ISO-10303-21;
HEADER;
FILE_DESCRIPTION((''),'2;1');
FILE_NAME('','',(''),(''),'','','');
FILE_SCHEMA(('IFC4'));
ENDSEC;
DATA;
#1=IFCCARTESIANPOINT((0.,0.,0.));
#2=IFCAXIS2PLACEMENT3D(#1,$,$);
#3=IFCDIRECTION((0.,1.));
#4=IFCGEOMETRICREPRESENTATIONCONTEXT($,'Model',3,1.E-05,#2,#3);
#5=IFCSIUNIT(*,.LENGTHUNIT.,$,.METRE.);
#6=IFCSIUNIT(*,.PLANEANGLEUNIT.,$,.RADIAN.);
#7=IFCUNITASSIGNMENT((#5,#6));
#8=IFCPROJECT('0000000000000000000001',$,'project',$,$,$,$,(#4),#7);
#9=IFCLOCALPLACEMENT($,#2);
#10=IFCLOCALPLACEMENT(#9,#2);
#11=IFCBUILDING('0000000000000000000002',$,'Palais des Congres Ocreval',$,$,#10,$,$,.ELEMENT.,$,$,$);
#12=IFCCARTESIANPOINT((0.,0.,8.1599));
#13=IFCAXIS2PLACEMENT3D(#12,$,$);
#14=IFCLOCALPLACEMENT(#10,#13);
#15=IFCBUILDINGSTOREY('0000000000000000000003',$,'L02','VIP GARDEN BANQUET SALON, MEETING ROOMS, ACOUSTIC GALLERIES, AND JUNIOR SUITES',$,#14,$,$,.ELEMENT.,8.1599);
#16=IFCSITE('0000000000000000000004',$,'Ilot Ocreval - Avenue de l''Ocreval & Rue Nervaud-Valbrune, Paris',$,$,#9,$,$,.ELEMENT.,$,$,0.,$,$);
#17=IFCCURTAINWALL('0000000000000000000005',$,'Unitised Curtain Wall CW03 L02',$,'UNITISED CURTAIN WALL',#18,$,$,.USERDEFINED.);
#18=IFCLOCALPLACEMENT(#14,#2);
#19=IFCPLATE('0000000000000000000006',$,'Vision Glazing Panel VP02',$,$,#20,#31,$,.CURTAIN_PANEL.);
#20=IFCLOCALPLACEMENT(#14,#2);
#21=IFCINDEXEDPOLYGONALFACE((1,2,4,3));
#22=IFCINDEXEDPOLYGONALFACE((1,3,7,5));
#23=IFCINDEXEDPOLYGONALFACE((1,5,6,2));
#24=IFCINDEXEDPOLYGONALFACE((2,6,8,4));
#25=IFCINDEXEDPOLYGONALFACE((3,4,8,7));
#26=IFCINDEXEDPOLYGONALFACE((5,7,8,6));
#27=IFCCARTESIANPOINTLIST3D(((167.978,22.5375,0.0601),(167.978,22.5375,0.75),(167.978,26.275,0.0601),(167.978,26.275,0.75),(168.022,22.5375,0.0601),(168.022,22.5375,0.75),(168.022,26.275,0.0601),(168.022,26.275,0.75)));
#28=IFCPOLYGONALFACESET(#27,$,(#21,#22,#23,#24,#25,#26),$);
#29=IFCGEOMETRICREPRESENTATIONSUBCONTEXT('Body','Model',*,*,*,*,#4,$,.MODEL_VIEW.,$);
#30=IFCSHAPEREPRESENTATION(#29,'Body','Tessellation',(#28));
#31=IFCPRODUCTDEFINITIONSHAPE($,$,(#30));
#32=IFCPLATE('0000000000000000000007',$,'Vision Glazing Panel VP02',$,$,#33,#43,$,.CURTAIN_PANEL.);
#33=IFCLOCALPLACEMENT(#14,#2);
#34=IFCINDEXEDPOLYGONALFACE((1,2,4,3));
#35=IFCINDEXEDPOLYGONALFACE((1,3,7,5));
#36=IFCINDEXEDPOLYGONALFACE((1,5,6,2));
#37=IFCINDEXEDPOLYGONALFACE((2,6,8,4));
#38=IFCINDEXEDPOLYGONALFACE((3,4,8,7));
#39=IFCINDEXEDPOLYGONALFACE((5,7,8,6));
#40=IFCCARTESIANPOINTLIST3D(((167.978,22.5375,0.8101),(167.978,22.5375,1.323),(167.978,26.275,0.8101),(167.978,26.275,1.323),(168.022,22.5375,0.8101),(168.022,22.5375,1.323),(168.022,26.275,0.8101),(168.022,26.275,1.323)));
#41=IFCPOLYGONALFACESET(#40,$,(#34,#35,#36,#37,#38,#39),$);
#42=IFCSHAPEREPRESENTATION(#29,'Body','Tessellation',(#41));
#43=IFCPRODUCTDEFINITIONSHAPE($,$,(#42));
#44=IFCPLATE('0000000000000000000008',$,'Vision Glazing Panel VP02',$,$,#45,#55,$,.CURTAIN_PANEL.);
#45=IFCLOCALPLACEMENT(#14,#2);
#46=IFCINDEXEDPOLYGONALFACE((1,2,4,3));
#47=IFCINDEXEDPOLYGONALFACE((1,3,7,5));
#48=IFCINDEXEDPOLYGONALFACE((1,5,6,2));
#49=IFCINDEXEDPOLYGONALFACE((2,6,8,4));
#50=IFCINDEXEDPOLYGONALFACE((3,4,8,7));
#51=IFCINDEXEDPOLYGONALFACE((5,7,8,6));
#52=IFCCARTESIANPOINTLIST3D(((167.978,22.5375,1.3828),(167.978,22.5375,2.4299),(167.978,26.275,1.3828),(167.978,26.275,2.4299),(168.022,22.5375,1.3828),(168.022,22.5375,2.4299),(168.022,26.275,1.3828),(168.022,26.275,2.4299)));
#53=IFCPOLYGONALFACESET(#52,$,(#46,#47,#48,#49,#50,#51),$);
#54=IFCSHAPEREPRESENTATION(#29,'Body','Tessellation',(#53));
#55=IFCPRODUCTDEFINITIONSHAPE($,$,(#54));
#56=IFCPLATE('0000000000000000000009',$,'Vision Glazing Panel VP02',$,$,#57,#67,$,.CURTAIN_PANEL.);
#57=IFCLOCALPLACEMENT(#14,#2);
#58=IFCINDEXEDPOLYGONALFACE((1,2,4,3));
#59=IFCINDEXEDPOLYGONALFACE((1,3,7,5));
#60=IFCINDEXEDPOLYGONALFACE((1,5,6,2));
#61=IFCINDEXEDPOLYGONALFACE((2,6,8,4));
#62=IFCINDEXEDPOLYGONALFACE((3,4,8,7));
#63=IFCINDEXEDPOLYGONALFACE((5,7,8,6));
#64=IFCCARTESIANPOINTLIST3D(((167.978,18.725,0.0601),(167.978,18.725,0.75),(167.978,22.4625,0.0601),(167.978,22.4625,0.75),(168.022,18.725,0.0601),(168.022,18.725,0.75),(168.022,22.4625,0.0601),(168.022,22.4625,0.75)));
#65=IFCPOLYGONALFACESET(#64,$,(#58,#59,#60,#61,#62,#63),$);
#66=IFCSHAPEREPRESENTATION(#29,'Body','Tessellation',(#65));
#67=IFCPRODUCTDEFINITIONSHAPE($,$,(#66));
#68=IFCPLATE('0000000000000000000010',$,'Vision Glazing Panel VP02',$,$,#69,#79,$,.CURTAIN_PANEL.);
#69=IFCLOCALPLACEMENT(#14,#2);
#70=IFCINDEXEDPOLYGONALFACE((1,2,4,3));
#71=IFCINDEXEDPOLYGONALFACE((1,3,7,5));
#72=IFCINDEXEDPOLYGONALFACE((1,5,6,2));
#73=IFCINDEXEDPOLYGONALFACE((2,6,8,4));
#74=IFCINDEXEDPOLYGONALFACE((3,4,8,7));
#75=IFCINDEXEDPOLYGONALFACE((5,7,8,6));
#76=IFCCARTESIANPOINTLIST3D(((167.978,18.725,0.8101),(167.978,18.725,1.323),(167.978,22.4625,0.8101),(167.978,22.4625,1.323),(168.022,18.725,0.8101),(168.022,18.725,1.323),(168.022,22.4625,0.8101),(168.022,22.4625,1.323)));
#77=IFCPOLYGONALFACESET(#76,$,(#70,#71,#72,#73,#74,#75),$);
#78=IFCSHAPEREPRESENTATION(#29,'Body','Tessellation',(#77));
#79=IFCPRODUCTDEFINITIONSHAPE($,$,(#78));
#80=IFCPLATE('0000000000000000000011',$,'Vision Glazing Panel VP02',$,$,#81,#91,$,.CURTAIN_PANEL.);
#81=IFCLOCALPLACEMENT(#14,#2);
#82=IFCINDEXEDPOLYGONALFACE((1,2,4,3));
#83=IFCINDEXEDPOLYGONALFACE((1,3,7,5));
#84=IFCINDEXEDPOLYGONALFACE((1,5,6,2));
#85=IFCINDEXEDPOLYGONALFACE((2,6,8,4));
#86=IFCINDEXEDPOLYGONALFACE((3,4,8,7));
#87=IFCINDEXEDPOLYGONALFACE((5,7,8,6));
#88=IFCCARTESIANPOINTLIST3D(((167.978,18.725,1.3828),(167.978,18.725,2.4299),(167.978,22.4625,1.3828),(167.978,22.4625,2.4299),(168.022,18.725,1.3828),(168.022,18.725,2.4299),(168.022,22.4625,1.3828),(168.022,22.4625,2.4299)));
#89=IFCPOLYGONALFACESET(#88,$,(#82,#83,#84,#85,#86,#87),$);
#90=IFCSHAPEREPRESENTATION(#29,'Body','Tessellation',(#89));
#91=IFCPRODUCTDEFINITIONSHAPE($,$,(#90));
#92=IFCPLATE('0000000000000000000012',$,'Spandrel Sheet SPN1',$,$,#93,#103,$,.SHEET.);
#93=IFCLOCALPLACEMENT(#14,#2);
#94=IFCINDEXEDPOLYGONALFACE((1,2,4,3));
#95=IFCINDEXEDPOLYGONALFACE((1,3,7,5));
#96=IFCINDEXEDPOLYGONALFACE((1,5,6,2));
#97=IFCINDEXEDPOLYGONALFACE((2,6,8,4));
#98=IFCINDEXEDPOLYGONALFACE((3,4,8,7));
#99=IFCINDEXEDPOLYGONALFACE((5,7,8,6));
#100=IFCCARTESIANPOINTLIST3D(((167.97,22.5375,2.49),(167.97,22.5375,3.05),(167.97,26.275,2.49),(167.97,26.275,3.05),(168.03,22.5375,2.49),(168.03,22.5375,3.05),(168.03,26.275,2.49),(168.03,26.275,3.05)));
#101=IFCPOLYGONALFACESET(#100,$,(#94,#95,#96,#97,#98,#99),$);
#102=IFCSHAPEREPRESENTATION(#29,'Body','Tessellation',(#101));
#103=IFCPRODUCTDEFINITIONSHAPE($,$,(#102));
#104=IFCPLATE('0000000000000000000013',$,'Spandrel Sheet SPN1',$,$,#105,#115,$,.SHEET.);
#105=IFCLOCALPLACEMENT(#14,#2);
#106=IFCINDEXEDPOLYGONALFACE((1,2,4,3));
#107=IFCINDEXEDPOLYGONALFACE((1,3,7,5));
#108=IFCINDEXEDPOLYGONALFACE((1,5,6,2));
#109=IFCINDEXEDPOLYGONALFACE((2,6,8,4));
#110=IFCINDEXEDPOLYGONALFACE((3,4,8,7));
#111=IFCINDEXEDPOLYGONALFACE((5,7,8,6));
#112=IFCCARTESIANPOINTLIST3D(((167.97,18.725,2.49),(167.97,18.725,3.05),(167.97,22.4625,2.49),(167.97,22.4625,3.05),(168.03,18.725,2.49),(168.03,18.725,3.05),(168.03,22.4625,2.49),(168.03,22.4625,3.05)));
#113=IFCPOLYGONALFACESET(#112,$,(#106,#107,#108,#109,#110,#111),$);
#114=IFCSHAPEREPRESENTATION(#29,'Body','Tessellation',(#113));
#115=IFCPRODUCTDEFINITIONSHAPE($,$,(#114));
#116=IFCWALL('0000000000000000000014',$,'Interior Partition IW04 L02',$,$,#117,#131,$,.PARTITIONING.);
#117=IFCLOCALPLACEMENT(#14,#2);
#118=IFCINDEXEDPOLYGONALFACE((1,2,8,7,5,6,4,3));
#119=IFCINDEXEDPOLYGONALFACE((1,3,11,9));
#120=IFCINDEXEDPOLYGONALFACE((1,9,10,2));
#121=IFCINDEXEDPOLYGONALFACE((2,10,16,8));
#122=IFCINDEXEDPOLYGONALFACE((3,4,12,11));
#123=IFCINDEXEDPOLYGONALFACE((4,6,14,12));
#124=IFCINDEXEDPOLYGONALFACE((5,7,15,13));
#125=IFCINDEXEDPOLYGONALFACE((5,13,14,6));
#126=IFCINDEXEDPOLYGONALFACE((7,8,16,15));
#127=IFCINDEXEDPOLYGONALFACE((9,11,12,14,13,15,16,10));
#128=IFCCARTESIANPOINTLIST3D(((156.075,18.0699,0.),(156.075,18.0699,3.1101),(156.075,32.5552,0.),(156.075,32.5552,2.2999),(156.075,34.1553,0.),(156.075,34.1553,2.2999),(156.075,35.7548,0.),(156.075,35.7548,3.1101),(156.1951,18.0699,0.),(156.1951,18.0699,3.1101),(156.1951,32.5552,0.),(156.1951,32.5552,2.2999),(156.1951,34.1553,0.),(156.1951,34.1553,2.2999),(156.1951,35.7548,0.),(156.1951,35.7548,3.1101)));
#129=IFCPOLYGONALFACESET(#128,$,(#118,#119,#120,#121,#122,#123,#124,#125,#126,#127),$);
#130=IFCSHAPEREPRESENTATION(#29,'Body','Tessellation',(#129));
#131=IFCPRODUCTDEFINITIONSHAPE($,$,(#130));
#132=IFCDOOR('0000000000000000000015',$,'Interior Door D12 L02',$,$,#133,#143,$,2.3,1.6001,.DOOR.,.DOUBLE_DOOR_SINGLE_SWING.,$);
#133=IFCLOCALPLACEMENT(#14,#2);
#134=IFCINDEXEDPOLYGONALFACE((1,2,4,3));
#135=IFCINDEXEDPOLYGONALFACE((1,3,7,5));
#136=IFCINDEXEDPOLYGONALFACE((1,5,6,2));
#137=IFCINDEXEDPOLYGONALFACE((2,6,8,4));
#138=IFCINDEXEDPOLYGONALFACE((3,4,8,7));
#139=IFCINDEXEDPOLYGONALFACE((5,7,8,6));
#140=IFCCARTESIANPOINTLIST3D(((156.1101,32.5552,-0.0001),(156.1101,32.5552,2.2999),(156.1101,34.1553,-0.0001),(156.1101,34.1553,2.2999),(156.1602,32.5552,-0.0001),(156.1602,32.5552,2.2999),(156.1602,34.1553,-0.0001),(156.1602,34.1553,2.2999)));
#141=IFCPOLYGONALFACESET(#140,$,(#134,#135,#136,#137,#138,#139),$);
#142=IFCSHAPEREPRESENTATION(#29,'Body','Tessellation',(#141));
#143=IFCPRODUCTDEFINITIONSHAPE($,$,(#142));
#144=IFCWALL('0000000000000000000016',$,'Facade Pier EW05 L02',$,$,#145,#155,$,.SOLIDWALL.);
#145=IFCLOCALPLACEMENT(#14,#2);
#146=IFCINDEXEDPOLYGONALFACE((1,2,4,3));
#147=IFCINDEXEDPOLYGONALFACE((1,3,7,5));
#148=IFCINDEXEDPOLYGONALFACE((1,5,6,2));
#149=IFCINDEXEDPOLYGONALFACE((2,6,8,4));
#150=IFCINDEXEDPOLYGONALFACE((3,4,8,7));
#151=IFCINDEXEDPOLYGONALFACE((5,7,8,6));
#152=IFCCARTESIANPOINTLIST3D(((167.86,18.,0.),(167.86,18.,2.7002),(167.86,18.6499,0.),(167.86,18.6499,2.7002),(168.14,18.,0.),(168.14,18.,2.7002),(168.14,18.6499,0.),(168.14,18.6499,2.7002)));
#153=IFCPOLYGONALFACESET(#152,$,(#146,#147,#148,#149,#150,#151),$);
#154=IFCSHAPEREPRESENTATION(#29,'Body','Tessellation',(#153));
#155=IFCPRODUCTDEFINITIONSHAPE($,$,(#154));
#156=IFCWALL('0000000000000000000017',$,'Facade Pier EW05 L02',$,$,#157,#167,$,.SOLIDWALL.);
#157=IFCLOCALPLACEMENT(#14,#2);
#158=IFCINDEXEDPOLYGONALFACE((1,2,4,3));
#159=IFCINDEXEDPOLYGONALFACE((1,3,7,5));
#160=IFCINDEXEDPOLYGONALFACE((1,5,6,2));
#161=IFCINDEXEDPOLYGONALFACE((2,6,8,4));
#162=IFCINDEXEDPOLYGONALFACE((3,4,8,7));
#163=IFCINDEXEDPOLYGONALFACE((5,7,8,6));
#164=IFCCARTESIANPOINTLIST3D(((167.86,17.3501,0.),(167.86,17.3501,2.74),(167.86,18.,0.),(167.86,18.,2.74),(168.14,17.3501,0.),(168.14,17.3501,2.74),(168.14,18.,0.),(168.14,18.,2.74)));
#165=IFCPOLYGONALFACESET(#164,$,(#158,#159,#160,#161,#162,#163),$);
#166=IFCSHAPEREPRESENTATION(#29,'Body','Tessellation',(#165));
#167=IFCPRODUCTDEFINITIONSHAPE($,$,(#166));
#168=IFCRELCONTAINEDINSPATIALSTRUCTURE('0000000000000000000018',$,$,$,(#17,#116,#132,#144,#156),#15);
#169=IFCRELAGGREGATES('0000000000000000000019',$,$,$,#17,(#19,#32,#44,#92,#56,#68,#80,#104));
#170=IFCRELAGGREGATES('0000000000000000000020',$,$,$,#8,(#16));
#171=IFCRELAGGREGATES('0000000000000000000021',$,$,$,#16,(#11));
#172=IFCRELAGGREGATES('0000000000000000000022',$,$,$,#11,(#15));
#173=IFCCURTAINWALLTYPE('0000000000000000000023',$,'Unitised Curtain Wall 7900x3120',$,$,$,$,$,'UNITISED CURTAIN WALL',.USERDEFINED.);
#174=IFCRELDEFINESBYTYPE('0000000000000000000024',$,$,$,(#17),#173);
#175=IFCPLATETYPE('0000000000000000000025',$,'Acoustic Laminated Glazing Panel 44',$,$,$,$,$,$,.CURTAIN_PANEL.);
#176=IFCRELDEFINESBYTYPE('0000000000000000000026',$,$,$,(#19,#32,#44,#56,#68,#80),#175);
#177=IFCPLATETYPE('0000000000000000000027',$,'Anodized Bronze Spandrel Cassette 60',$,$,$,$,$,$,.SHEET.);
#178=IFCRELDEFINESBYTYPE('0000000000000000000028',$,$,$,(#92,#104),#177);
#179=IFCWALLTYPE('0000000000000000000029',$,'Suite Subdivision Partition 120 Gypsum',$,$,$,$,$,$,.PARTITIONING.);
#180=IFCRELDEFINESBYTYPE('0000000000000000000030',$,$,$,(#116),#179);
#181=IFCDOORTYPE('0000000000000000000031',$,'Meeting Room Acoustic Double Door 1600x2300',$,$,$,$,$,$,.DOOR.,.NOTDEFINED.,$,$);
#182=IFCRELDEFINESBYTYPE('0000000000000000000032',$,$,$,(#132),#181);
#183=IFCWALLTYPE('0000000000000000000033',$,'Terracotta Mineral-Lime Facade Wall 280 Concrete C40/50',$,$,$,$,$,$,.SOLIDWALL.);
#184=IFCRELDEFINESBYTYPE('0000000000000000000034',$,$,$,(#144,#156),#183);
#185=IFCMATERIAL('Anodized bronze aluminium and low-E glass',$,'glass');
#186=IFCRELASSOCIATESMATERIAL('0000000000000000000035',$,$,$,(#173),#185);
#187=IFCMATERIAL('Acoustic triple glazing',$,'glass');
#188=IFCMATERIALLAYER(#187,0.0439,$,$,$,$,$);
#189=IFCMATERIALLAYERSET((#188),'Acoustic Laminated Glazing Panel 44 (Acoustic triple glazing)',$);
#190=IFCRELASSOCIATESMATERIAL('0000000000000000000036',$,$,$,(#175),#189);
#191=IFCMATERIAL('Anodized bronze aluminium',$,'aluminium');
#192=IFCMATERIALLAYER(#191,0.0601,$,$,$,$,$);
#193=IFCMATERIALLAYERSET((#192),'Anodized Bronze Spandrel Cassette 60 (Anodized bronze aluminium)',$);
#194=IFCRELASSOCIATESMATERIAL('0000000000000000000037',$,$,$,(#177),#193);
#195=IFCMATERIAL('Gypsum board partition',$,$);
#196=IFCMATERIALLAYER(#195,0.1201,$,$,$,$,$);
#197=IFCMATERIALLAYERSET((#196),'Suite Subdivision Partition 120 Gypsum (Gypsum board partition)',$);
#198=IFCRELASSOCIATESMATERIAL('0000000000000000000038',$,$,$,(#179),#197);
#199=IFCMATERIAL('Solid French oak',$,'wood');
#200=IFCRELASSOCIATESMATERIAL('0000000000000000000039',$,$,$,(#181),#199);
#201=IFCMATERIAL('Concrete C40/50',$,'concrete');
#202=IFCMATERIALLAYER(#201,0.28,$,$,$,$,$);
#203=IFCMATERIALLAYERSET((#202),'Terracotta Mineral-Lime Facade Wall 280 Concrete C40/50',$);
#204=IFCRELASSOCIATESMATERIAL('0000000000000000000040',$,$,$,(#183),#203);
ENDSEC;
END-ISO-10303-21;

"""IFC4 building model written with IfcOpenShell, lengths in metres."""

from ifc_helpers import new_model, si_unit, direction, frame, frame_2d, origin, origin_2d, place, context, subcontext, project, spatial, rectangle, extrude, material, layer, layer_set, type_object, element, fill, aggregate, save


model = new_model("IFC4")

# Units and contexts
model_context = context("Model", 3, precision=1e-05, world=origin(), true_north=direction((0.0, 1.0)))
body_context = subcontext(model_context, "Body", "Model", "MODEL_VIEW")
ifc_project = project(units=[si_unit("LENGTHUNIT", "METRE"), si_unit("PLANEANGLEUNIT", "RADIAN")], contexts=[model_context])

# Site, building, storey
site_placement = place(None, origin())
site = spatial("IfcSite", under=ifc_project, at=site_placement, Name="Ilot Ocreval - Avenue de l'Ocreval & Rue Nervaud-Valbrune, Paris", CompositionType="ELEMENT", RefElevation=0.0)
building_placement = place(site_placement, origin())
building = spatial("IfcBuilding", under=site, at=building_placement, Name="Palais des Congres Ocreval", CompositionType="ELEMENT")
storey_placement = place(building_placement, frame((0.0, 0.0, 8.1599)))
storey = spatial("IfcBuildingStorey", under=building, at=storey_placement, Name="L02", Description="VIP GARDEN BANQUET SALON, MEETING ROOMS, ACOUSTIC GALLERIES, AND JUNIOR SUITES", CompositionType="ELEMENT", Elevation=8.1599)

# Curtain wall
ifc_material_1 = material(Name="Anodized bronze aluminium and low-E glass", Category="glass")
curtain_wall_type = type_object("IfcCurtainWallType", Name="Unitised Curtain Wall 7900x3120", ElementType="UNITISED CURTAIN WALL", PredefinedType="USERDEFINED", material=ifc_material_1)
curtain_wall_1_placement = place(storey_placement, origin())
curtain_wall_1 = element("IfcCurtainWall", 1, at=curtain_wall_1_placement, inside=storey, type_object=curtain_wall_type, Name="Unitised Curtain Wall CW03 L02", ObjectType="UNITISED CURTAIN WALL", PredefinedType="USERDEFINED")
ifc_material_2 = material(Name="Anodized bronze aluminium", Category="aluminium")

# Plates
ifc_material_3 = material(Name="Acoustic triple glazing", Category="glass")
ifc_layer_1 = layer(ifc_material_3, 0.0439)
ifc_layer_set_1 = layer_set([ifc_layer_1], Name="Acoustic Laminated Glazing Panel 44 (Acoustic triple glazing)")
plate_type_1 = type_object("IfcPlateType", Name="Acoustic Laminated Glazing Panel 44", PredefinedType="CURTAIN_PANEL", material=ifc_layer_set_1)
plate_1_placement = place(storey_placement, frame((168.0, 24.4062, 0.0601), z_axis=(0.0, 0.0, 1.0), x_axis=(0.0, -1.0, 0.0)))
plate_1 = element("IfcPlate", 2, at=plate_1_placement, type_object=plate_type_1, Name="Vision Glazing Panel VP02", PredefinedType="CURTAIN_PANEL", context=body_context, shape_type="SweptSolid", body=[
    extrude(rectangle(XDim=3.7375, YDim=0.0439, at=origin_2d()), origin(), (0.0, 0.0, 1.0), 0.6899),
])
plate_2_placement = place(storey_placement, frame((168.0, 24.4062, 0.8101), z_axis=(0.0, 0.0, 1.0), x_axis=(0.0, -1.0, 0.0)))
plate_2 = element("IfcPlate", 3, at=plate_2_placement, type_object=plate_type_1, Name="Vision Glazing Panel VP02", PredefinedType="CURTAIN_PANEL", context=body_context, shape_type="SweptSolid", body=[
    extrude(rectangle(XDim=3.7375, YDim=0.0439, at=origin_2d()), origin(), (0.0, 0.0, 1.0), 0.5129),
])
plate_3_placement = place(storey_placement, frame((168.0, 24.4062, 1.3828), z_axis=(0.0, 0.0, 1.0), x_axis=(0.0, -1.0, 0.0)))
plate_3 = element("IfcPlate", 4, at=plate_3_placement, type_object=plate_type_1, Name="Vision Glazing Panel VP02", PredefinedType="CURTAIN_PANEL", context=body_context, shape_type="SweptSolid", body=[
    extrude(rectangle(XDim=3.7375, YDim=0.0439, at=origin_2d()), origin(), (0.0, 0.0, 1.0), 1.0471),
])
plate_4_placement = place(storey_placement, frame((168.0, 20.5938, 0.0601), z_axis=(0.0, 0.0, 1.0), x_axis=(0.0, -1.0, 0.0)))
plate_4 = element("IfcPlate", 5, at=plate_4_placement, type_object=plate_type_1, Name="Vision Glazing Panel VP02", PredefinedType="CURTAIN_PANEL", context=body_context, shape_type="SweptSolid", body=[
    extrude(rectangle(XDim=3.7375, YDim=0.0439, at=origin_2d()), origin(), (0.0, 0.0, 1.0), 0.6899),
])
plate_5_placement = place(storey_placement, frame((168.0, 20.5938, 0.8101), z_axis=(0.0, 0.0, 1.0), x_axis=(0.0, -1.0, 0.0)))
plate_5 = element("IfcPlate", 6, at=plate_5_placement, type_object=plate_type_1, Name="Vision Glazing Panel VP02", PredefinedType="CURTAIN_PANEL", context=body_context, shape_type="SweptSolid", body=[
    extrude(rectangle(XDim=3.7375, YDim=0.0439, at=origin_2d()), origin(), (0.0, 0.0, 1.0), 0.5129),
])
plate_6_placement = place(storey_placement, frame((168.0, 20.5938, 1.3828), z_axis=(0.0, 0.0, 1.0), x_axis=(0.0, -1.0, 0.0)))
plate_6 = element("IfcPlate", 7, at=plate_6_placement, type_object=plate_type_1, Name="Vision Glazing Panel VP02", PredefinedType="CURTAIN_PANEL", context=body_context, shape_type="SweptSolid", body=[
    extrude(rectangle(XDim=3.7375, YDim=0.0439, at=origin_2d()), origin(), (0.0, 0.0, 1.0), 1.0471),
])
ifc_layer_2 = layer(ifc_material_2, 0.0601)
ifc_layer_set_2 = layer_set([ifc_layer_2], Name="Anodized Bronze Spandrel Cassette 60 (Anodized bronze aluminium)")
plate_type_2 = type_object("IfcPlateType", Name="Anodized Bronze Spandrel Cassette 60", PredefinedType="SHEET", material=ifc_layer_set_2)
plate_7_placement = place(storey_placement, frame((168.0, 24.4062, 2.49), z_axis=(0.0, 0.0, 1.0), x_axis=(0.0, -1.0, 0.0)))
plate_7 = element("IfcPlate", 8, at=plate_7_placement, type_object=plate_type_2, Name="Spandrel Sheet SPN1", PredefinedType="SHEET", context=body_context, shape_type="SweptSolid", body=[
    extrude(rectangle(XDim=3.7375, YDim=0.0601, at=origin_2d()), origin(), (0.0, 0.0, 1.0), 0.5601),
])
plate_8_placement = place(storey_placement, frame((168.0, 20.5938, 2.49), z_axis=(0.0, 0.0, 1.0), x_axis=(0.0, -1.0, 0.0)))
plate_8 = element("IfcPlate", 9, at=plate_8_placement, type_object=plate_type_2, Name="Spandrel Sheet SPN1", PredefinedType="SHEET", context=body_context, shape_type="SweptSolid", body=[
    extrude(rectangle(XDim=3.7375, YDim=0.0601, at=origin_2d()), origin(), (0.0, 0.0, 1.0), 0.5601),
])
aggregate(curtain_wall_1, [plate_1, plate_2, plate_3, plate_7, plate_4, plate_5, plate_6, plate_8])

# Wall, opening, door
ifc_material_4 = material(Name="Gypsum board partition")
ifc_layer_3 = layer(ifc_material_4, 0.1201)
ifc_layer_set_3 = layer_set([ifc_layer_3], Name="Suite Subdivision Partition 120 Gypsum (Gypsum board partition)")
wall_type_1 = type_object("IfcWallType", Name="Suite Subdivision Partition 120 Gypsum", PredefinedType="PARTITIONING", material=ifc_layer_set_3)
wall_1_placement = place(storey_placement, frame((156.135, 18.0701, 0.0), z_axis=(0.0, 0.0, 1.0), x_axis=(0.0, 1.0, 0.0)))
wall_1 = element("IfcWall", 10, at=wall_1_placement, inside=storey, type_object=wall_type_1, Name="Interior Partition IW04 L02", PredefinedType="PARTITIONING", context=body_context, shape_type="SweptSolid", body=[
    extrude(rectangle(XDim=17.6848, YDim=0.1201, at=frame_2d((8.8423, 0.0))), origin(), (0.0, 0.0, 1.0), 3.1101),
])
opening_placement = place(wall_1_placement, frame((14.4851, 0.0, 0.0)))
opening = element("IfcOpeningElement", 11, at=opening_placement, cuts=wall_1, PredefinedType="OPENING", context=body_context, shape_type="SweptSolid", body=[
    extrude(rectangle(XDim=1.6001, YDim=2.3, at=frame_2d((0.8, 1.1499))), frame((0.0, 0.0701, 0.0), z_axis=(0.0, -1.0, 0.0), x_axis=(1.0, 0.0, 0.0)), (0.0, 0.0, 1.0), 0.1401),
])
ifc_material_5 = material(Name="Solid French oak", Category="wood")
door_type = type_object("IfcDoorType", Name="Meeting Room Acoustic Double Door 1600x2300", OperationType="NOTDEFINED", PredefinedType="DOOR", material=ifc_material_5)
door_placement = place(opening_placement, origin())
door = element("IfcDoor", 12, at=door_placement, inside=storey, type_object=door_type, Name="Interior Door D12 L02", OperationType="DOUBLE_DOOR_SINGLE_SWING", OverallHeight=2.3, OverallWidth=1.6001, PredefinedType="DOOR", context=body_context, shape_type="SweptSolid", body=[
    extrude(rectangle(XDim=1.6001, YDim=2.3, at=frame_2d((0.8, 1.1499))), frame((0.0, 0.0249, 0.0), z_axis=(0.0, -1.0, 0.0), x_axis=(1.0, 0.0, 0.0)), (0.0, 0.0, 1.0), 0.05),
])
fill(opening, door)

# Walls
ifc_material_6 = material(Name="Concrete C40/50", Category="concrete")
ifc_layer_4 = layer(ifc_material_6, 0.28)
ifc_layer_set_4 = layer_set([ifc_layer_4], Name="Terracotta Mineral-Lime Facade Wall 280 Concrete C40/50")
wall_type_2 = type_object("IfcWallType", Name="Terracotta Mineral-Lime Facade Wall 280 Concrete C40/50", PredefinedType="SOLIDWALL", material=ifc_layer_set_4)
wall_2_placement = place(storey_placement, frame((168.0, 18.6499, 0.0), z_axis=(0.0, 0.0, 1.0), x_axis=(0.0, -1.0, 0.0)))
element("IfcWall", 13, at=wall_2_placement, inside=storey, type_object=wall_type_2, Name="Facade Pier EW05 L02", PredefinedType="SOLIDWALL", context=body_context, shape_type="SweptSolid", body=[
    extrude(rectangle(XDim=0.6499, YDim=0.28, at=frame_2d((0.325, 0.0))), origin(), (0.0, 0.0, 1.0), 2.7002),
])
wall_3_placement = place(storey_placement, frame((168.0, 18.0, 0.0), z_axis=(0.0, 0.0, 1.0), x_axis=(0.0, -1.0, 0.0)))
element("IfcWall", 14, at=wall_3_placement, inside=storey, type_object=wall_type_2, Name="Facade Pier EW05 L02", PredefinedType="SOLIDWALL", context=body_context, shape_type="SweptSolid", body=[
    extrude(rectangle(XDim=0.6499, YDim=0.28, at=frame_2d((0.325, 0.0))), origin(), (0.0, 0.0, 1.0), 2.74),
])

save(model, "model.ifc")
